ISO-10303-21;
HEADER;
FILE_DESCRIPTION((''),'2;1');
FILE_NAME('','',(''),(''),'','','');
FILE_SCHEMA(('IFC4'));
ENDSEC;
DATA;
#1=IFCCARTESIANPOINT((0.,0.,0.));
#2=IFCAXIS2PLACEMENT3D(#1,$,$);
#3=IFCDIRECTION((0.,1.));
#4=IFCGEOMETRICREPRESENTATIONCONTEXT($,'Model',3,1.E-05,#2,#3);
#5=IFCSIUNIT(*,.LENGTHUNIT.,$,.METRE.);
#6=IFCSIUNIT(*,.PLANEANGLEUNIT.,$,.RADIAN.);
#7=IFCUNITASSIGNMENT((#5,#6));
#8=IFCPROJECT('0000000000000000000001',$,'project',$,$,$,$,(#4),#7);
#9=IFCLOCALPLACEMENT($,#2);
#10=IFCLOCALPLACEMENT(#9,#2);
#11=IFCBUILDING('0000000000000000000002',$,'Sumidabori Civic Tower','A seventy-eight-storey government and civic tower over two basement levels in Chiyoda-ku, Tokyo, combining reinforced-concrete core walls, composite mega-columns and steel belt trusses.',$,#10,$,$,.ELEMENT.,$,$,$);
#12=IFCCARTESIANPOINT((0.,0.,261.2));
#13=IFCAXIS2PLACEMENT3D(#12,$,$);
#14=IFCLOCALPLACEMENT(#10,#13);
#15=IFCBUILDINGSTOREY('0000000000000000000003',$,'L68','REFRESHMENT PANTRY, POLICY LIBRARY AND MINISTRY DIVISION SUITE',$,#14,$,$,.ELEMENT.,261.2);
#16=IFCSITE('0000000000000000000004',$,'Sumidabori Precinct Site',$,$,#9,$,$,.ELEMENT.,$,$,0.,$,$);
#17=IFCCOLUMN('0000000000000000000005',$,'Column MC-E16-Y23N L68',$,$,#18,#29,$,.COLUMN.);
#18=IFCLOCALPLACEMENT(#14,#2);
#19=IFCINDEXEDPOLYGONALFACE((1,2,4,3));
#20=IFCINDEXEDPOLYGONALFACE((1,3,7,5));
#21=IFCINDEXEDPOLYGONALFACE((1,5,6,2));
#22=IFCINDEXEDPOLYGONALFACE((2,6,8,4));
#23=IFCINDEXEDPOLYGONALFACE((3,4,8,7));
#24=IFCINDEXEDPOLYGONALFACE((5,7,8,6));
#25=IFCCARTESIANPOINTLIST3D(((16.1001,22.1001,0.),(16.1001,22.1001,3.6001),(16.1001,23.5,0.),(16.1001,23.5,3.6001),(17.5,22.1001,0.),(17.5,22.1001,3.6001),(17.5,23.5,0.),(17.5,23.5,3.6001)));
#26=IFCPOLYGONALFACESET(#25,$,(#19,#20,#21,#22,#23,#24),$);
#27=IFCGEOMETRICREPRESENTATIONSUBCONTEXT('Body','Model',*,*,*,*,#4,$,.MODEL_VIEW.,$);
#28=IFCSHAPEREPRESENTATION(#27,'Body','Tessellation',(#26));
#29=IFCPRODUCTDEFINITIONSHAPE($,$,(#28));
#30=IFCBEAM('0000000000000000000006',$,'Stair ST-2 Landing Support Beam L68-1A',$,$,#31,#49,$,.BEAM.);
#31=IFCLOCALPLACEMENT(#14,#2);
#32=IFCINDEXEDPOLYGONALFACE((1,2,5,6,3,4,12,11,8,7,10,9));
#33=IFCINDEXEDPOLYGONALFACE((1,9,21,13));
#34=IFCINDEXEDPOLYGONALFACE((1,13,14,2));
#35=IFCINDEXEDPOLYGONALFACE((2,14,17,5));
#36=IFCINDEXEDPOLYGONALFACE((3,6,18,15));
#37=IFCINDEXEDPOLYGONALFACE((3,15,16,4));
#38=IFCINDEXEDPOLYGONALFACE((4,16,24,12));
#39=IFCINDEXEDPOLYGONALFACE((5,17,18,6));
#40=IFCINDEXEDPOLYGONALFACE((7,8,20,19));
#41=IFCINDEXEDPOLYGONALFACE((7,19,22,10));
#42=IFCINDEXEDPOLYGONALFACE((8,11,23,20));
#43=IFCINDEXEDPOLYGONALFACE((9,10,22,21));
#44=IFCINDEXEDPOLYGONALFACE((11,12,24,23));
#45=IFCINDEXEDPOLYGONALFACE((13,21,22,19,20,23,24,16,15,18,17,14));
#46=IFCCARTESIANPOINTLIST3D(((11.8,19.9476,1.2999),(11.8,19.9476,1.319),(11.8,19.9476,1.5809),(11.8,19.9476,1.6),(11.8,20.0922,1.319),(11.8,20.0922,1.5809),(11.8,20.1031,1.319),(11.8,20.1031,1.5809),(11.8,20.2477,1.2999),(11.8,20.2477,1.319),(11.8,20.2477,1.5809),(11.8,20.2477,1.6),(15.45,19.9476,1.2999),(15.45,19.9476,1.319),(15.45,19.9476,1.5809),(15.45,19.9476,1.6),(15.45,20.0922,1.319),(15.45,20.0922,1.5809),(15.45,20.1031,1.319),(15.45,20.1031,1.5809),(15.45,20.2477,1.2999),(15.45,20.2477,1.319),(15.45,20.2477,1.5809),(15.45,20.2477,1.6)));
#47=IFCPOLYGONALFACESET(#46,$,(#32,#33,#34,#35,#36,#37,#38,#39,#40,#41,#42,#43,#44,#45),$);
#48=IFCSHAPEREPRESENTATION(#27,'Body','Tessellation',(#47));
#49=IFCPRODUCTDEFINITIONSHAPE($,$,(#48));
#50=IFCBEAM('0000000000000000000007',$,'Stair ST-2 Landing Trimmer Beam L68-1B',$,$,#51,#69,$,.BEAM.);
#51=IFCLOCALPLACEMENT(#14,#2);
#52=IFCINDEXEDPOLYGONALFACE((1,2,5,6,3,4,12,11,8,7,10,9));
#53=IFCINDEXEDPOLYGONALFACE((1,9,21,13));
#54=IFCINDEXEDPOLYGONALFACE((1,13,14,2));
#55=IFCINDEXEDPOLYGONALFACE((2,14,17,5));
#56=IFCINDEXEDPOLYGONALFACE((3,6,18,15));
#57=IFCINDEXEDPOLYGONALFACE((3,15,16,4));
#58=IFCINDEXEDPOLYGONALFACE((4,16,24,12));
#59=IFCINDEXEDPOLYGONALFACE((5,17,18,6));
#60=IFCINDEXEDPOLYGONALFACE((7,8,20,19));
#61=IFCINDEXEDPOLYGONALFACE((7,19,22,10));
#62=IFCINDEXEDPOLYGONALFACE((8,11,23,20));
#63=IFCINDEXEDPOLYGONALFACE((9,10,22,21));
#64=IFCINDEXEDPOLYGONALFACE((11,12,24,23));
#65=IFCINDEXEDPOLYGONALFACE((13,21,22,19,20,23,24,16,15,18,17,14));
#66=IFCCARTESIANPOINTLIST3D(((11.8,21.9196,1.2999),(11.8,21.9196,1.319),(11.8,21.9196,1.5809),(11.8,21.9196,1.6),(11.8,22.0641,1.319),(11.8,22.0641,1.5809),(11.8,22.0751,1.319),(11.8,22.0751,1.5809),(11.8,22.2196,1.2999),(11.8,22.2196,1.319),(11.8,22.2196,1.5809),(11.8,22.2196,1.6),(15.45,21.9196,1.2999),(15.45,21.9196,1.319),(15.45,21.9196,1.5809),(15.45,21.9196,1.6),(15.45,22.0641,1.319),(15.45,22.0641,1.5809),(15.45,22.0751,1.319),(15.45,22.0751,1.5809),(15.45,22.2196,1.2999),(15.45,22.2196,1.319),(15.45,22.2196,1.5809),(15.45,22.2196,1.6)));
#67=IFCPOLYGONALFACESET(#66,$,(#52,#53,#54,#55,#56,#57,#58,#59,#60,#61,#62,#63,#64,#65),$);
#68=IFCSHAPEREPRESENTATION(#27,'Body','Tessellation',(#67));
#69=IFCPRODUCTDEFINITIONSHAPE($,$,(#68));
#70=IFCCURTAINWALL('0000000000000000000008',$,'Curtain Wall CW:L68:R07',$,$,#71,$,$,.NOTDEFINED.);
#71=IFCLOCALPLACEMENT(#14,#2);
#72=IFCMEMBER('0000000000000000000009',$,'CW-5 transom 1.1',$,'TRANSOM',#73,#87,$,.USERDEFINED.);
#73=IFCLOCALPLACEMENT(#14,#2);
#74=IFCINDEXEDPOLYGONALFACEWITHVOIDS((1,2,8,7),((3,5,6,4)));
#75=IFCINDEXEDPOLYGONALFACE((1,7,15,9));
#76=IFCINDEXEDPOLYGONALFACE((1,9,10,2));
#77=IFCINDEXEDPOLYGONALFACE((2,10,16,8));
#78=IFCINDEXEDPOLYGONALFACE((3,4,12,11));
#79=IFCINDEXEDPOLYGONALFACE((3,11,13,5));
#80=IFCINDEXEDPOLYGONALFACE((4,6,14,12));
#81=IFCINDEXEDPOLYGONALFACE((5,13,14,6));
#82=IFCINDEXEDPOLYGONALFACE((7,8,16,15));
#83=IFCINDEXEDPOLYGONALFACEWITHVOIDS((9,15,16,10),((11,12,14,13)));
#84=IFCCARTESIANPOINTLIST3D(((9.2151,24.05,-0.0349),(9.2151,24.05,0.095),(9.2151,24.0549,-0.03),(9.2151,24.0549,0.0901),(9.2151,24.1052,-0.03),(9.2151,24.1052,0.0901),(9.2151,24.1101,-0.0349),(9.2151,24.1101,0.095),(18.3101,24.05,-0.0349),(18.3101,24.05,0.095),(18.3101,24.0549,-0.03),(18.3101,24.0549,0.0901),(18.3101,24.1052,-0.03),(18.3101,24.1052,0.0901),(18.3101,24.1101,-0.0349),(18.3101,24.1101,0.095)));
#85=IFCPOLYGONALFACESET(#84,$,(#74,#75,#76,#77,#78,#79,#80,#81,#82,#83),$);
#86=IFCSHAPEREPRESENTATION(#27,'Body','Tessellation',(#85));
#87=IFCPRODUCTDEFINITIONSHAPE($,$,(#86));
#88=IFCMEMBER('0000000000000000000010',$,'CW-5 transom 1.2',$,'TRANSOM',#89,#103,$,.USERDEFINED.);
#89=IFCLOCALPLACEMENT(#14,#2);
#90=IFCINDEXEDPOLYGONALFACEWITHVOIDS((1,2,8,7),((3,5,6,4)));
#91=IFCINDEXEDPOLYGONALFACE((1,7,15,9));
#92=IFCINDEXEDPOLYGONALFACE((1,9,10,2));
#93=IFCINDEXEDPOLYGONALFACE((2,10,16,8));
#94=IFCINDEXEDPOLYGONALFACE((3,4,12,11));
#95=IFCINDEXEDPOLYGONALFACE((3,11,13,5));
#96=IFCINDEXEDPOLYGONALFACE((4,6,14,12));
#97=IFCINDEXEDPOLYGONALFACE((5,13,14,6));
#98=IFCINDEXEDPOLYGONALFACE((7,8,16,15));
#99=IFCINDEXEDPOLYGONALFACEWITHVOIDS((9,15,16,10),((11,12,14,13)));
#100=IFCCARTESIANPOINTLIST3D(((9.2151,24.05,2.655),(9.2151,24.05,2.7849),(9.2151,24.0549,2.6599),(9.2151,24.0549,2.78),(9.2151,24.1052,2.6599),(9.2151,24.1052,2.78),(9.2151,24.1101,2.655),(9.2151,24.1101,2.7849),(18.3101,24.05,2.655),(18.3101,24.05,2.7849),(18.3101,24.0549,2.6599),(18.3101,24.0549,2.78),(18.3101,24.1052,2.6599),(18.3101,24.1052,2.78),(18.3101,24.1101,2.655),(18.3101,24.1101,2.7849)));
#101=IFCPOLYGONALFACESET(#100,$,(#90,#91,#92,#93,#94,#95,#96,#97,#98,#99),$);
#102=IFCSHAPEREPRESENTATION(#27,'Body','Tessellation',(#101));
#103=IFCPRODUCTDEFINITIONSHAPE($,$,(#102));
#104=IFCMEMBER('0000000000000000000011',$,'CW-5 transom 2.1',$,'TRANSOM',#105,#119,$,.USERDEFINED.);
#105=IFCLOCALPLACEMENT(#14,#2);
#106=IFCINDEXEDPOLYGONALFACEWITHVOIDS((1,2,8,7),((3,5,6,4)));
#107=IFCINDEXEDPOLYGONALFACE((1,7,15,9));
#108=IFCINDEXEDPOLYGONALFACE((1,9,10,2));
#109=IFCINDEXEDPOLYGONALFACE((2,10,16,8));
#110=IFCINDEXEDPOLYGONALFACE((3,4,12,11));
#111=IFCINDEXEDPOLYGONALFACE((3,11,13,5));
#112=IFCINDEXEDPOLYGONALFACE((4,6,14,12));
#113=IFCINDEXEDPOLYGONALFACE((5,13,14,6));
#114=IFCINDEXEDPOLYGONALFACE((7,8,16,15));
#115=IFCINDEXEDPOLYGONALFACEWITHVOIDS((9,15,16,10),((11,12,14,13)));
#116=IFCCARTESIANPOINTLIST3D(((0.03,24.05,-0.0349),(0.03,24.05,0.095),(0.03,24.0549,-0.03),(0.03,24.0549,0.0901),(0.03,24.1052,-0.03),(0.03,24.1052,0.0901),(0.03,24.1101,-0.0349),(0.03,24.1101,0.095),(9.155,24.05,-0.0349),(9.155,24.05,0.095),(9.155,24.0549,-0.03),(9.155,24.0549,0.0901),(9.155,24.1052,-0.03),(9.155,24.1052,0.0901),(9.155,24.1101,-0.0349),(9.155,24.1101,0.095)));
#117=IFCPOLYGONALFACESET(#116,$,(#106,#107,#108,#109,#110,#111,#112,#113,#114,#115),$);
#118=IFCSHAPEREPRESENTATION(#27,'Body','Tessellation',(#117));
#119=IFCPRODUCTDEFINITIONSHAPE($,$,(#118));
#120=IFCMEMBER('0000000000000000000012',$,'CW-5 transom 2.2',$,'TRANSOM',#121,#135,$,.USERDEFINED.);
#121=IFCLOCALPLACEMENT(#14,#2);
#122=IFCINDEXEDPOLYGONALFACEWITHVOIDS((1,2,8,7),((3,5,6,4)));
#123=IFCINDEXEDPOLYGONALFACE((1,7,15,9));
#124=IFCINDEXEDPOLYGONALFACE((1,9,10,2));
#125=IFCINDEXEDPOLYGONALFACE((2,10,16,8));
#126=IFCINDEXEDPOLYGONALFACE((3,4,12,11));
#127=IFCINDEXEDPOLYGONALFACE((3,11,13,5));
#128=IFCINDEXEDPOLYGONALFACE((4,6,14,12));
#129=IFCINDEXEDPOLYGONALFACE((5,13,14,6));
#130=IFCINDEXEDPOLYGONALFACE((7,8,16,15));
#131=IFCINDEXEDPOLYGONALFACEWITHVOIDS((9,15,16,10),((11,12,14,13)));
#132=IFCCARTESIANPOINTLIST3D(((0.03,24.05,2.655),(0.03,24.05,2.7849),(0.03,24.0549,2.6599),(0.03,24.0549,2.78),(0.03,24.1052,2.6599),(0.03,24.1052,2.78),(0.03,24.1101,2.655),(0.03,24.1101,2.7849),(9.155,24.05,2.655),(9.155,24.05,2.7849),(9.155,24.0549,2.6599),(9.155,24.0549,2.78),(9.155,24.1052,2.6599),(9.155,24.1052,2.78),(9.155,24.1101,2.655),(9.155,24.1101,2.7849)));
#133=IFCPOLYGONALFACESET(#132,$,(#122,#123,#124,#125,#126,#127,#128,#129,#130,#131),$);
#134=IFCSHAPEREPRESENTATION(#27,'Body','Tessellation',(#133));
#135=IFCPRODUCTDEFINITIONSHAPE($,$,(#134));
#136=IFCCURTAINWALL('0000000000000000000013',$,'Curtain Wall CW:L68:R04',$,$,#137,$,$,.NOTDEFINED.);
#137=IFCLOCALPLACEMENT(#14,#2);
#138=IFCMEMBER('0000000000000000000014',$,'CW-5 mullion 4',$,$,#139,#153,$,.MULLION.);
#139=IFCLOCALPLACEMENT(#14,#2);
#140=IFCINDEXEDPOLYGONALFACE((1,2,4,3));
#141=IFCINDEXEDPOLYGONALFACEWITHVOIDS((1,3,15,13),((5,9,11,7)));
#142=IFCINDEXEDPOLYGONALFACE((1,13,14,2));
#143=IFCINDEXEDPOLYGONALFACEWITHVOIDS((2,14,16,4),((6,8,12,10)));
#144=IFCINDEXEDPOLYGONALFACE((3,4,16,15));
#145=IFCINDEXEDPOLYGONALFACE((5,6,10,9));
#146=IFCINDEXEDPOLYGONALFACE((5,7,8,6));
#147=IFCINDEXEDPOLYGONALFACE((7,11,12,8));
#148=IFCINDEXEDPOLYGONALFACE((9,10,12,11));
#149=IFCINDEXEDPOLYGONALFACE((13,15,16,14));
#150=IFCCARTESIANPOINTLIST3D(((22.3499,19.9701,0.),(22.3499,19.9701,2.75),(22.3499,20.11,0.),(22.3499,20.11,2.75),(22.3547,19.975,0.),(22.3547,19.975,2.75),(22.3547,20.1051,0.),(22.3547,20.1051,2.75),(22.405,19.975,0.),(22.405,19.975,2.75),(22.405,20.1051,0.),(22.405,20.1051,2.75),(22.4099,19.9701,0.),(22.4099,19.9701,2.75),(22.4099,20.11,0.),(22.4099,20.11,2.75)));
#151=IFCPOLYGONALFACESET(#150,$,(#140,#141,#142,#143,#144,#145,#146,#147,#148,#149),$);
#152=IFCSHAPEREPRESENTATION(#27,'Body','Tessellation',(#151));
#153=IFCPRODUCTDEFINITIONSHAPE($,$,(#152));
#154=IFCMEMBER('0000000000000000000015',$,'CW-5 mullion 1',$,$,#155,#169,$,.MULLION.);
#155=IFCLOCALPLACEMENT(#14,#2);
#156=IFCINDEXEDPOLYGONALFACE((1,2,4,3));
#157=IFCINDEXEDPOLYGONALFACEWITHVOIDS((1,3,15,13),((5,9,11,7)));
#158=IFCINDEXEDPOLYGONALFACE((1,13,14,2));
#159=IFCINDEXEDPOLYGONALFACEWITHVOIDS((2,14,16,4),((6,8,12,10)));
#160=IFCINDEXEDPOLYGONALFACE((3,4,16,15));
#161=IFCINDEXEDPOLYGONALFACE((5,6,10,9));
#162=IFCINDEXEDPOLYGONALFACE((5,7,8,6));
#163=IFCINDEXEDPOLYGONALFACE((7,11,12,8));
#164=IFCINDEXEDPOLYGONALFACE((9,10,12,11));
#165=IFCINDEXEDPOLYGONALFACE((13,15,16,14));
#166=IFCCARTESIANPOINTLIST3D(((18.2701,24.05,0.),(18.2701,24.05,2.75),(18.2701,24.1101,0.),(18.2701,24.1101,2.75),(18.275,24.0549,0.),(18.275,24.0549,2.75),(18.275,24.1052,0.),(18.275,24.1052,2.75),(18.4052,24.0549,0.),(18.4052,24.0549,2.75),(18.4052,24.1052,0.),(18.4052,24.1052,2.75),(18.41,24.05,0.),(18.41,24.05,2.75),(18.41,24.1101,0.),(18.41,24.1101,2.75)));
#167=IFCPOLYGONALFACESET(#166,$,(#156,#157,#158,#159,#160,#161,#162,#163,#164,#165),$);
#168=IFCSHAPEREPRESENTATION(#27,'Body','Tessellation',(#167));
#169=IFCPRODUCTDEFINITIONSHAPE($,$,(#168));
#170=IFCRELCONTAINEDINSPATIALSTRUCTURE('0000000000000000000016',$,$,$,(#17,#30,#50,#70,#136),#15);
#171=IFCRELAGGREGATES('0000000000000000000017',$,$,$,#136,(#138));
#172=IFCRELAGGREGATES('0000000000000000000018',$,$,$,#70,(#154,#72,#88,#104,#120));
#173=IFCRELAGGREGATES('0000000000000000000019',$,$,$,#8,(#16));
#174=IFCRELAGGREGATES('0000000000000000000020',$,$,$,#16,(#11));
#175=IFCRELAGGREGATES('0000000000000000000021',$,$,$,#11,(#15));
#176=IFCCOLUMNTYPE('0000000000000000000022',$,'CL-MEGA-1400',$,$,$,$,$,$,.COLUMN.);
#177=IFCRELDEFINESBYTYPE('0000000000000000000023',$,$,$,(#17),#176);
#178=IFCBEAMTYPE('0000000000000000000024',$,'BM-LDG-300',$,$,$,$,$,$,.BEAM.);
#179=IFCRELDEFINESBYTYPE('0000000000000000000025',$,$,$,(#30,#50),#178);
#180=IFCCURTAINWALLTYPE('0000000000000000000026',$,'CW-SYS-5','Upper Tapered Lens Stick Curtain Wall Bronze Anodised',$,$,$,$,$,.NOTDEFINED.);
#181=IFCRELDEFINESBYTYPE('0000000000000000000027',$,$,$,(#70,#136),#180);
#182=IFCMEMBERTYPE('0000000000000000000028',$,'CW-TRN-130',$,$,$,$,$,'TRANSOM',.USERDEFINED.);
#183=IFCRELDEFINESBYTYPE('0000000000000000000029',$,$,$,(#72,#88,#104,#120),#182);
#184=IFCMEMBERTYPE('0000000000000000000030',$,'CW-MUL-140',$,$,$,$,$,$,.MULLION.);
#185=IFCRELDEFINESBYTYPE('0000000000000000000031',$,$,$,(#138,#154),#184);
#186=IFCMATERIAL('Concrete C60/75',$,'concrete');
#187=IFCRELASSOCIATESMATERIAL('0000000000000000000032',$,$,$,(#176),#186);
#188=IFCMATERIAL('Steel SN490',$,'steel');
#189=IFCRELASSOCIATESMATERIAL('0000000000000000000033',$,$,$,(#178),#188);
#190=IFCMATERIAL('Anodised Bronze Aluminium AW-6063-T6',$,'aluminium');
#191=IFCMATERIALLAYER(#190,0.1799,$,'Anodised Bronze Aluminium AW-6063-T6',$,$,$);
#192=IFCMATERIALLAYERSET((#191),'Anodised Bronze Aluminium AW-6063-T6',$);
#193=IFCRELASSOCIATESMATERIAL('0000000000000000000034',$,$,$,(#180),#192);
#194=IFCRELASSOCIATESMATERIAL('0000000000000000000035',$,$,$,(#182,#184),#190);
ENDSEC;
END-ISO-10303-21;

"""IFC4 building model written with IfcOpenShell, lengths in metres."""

from ifc_helpers import new_model, si_unit, direction, frame, origin, origin_2d, place, context, subcontext, project, spatial, rectangle, hollow_rectangle, i_section, extrude, source, transform, mapped, material, layer, layer_set, material_profile, profile_set, type_object, element, aggregate, save


model = new_model("IFC4")

# Units and contexts
model_context = context("Model", 3, precision=1e-05, world=origin(), true_north=direction((0.0, 1.0)))
body_context = subcontext(model_context, "Body", "Model", "MODEL_VIEW")
ifc_project = project(units=[si_unit("LENGTHUNIT", "METRE"), si_unit("PLANEANGLEUNIT", "RADIAN")], contexts=[model_context])

# Site, building, storey
site_placement = place(None, origin())
site = spatial("IfcSite", under=ifc_project, at=site_placement, Name="Sumidabori Precinct Site", CompositionType="ELEMENT", RefElevation=0.0)
building_placement = place(site_placement, origin())
building = spatial("IfcBuilding", under=site, at=building_placement, Name="Sumidabori Civic Tower", Description="A seventy-eight-storey government and civic tower over two basement levels in Chiyoda-ku, Tokyo, combining reinforced-concrete core walls, composite mega-columns and steel belt trusses.", CompositionType="ELEMENT")
storey_placement = place(building_placement, frame((0.0, 0.0, 261.2)))
storey = spatial("IfcBuildingStorey", under=building, at=storey_placement, Name="L68", Description="REFRESHMENT PANTRY, POLICY LIBRARY AND MINISTRY DIVISION SUITE", CompositionType="ELEMENT", Elevation=261.2)

# Column
ifc_material_1 = material(Name="Concrete C60/75", Category="concrete")
ifc_material_profile_1 = material_profile(ifc_material_1, rectangle(XDim=1.3999, YDim=1.3999, at=origin_2d()), Name="RC 1400x1400")
ifc_profile_set_1 = profile_set([ifc_material_profile_1], Name="Concrete C60/75")
column_type = type_object("IfcColumnType", Name="CL-MEGA-1400", PredefinedType="COLUMN", material=ifc_profile_set_1)
shared_shape_1 = source(origin(), body_context, "Body", "SweptSolid", [
    extrude(rectangle(XDim=1.3999, YDim=1.3999, at=origin_2d()), origin(), (0.0, 0.0, 1.0), 3.6001),
])
column_placement = place(storey_placement, frame((16.8, 22.8, 0.0), z_axis=(0.0, 0.0, 1.0), x_axis=(1.0, 0.0, 0.0)))
element("IfcColumn", 1, at=column_placement, inside=storey, type_object=column_type, Name="Column MC-E16-Y23N L68", PredefinedType="COLUMN", context=body_context, shape_type="MappedRepresentation", body=[
    mapped(shared_shape_1, transform((0.0, 0.0, 0.0), x_axis=(1.0, 0.0, 0.0), y_axis=(0.0, 1.0, 0.0), z_axis=(0.0, 0.0, 1.0), scale=1.0)),
])

# Beams
ifc_material_2 = material(Name="Steel SN490", Category="steel")
ifc_material_profile_2 = material_profile(ifc_material_2, i_section(OverallWidth=0.3, OverallDepth=0.3, WebThickness=0.011, FlangeThickness=0.019, at=origin_2d()), Name="HE 300 B")
ifc_profile_set_2 = profile_set([ifc_material_profile_2], Name="Steel SN490")
beam_type = type_object("IfcBeamType", Name="BM-LDG-300", PredefinedType="BEAM", material=ifc_profile_set_2)
shared_shape_2 = source(origin(), body_context, "Body", "SweptSolid", [
    extrude(i_section(OverallWidth=0.3, OverallDepth=0.3, WebThickness=0.011, FlangeThickness=0.019, at=origin_2d()), origin(), (0.0, 0.0, 1.0), 3.6499),
])
for number, where, z_axis, x_axis, name in (
    (2, (11.8, 20.0977, 1.45), (1.0, 0.0, 0.0), (0.0, 1.0, 0.0), "Stair ST-2 Landing Support Beam L68-1A"),
    (3, (11.8, 22.0696, 1.45), (1.0, 0.0, 0.0), (0.0, 1.0, 0.0), "Stair ST-2 Landing Trimmer Beam L68-1B"),
):
    element("IfcBeam", number, at=place(storey_placement, frame(where, z_axis=z_axis, x_axis=x_axis)), inside=storey, type_object=beam_type, Name=name, PredefinedType="BEAM", context=body_context, shape_type="MappedRepresentation", body=[
        mapped(shared_shape_2, transform((0.0, 0.0, 0.0), x_axis=(1.0, 0.0, 0.0), y_axis=(0.0, 1.0, 0.0), z_axis=(0.0, 0.0, 1.0), scale=1.0)),
    ])

# Curtain wall, members
ifc_material_3 = material(Name="Anodised Bronze Aluminium AW-6063-T6", Category="aluminium")
ifc_layer_1 = layer(ifc_material_3, 0.1799, Name="Anodised Bronze Aluminium AW-6063-T6")
ifc_layer_set_1 = layer_set([ifc_layer_1], Name="Anodised Bronze Aluminium AW-6063-T6")
curtain_wall_type = type_object("IfcCurtainWallType", Name="CW-SYS-5", Description="Upper Tapered Lens Stick Curtain Wall Bronze Anodised", PredefinedType="NOTDEFINED", material=ifc_layer_set_1)
curtain_wall_1_placement = place(storey_placement, origin())
curtain_wall_1 = element("IfcCurtainWall", 4, at=curtain_wall_1_placement, inside=storey, type_object=curtain_wall_type, Name="Curtain Wall CW:L68:R07", PredefinedType="NOTDEFINED")
ifc_material_profile_3 = material_profile(ifc_material_3, hollow_rectangle(XDim=0.0601, YDim=0.1299, WallThickness=0.0049, at=origin_2d()), Name="ALU TRANSOM 130x60")
ifc_profile_set_3 = profile_set([ifc_material_profile_3], Name="Anodised Bronze Aluminium AW-6063-T6")
member_type_1 = type_object("IfcMemberType", Name="CW-TRN-130", ElementType="TRANSOM", PredefinedType="USERDEFINED", material=ifc_profile_set_3)
shared_shape_3 = source(origin(), body_context, "Body", "SweptSolid", [
    extrude(hollow_rectangle(XDim=0.0601, YDim=0.1299, WallThickness=0.0049, at=origin_2d()), origin(), (0.0, 0.0, 1.0), 9.095),
])
member_1_placement = place(storey_placement, frame((18.3101, 24.0801, 0.03), z_axis=(-1.0, 0.0, 0.0), x_axis=(0.0, -1.0, 0.0)))
member_1 = element("IfcMember", 5, at=member_1_placement, type_object=member_type_1, Name="CW-5 transom 1.1", ObjectType="TRANSOM", PredefinedType="USERDEFINED", context=body_context, shape_type="MappedRepresentation", body=[
    mapped(shared_shape_3, transform((0.0, 0.0, 0.0), x_axis=(1.0, 0.0, 0.0), y_axis=(0.0, 1.0, 0.0), z_axis=(0.0, 0.0, 1.0), scale=1.0)),
])
member_2_placement = place(storey_placement, frame((18.3101, 24.0801, 2.72), z_axis=(-1.0, 0.0, 0.0), x_axis=(0.0, -1.0, 0.0)))
member_2 = element("IfcMember", 6, at=member_2_placement, type_object=member_type_1, Name="CW-5 transom 1.2", ObjectType="TRANSOM", PredefinedType="USERDEFINED", context=body_context, shape_type="MappedRepresentation", body=[
    mapped(shared_shape_3, transform((0.0, 0.0, 0.0), x_axis=(1.0, 0.0, 0.0), y_axis=(0.0, 1.0, 0.0), z_axis=(0.0, 0.0, 1.0), scale=1.0)),
])
shared_shape_4 = source(origin(), body_context, "Body", "SweptSolid", [
    extrude(hollow_rectangle(XDim=0.0601, YDim=0.1299, WallThickness=0.0049, at=origin_2d()), origin(), (0.0, 0.0, 1.0), 9.125),
])
member_3_placement = place(storey_placement, frame((9.155, 24.0801, 0.03), z_axis=(-1.0, 0.0, 0.0), x_axis=(0.0, -1.0, 0.0)))
member_3 = element("IfcMember", 7, at=member_3_placement, type_object=member_type_1, Name="CW-5 transom 2.1", ObjectType="TRANSOM", PredefinedType="USERDEFINED", context=body_context, shape_type="MappedRepresentation", body=[
    mapped(shared_shape_4, transform((0.0, 0.0, 0.0), x_axis=(1.0, 0.0, 0.0), y_axis=(0.0, 1.0, 0.0), z_axis=(0.0, 0.0, 1.0), scale=1.0)),
])
member_4_placement = place(storey_placement, frame((9.155, 24.0801, 2.72), z_axis=(-1.0, 0.0, 0.0), x_axis=(0.0, -1.0, 0.0)))
member_4 = element("IfcMember", 8, at=member_4_placement, type_object=member_type_1, Name="CW-5 transom 2.2", ObjectType="TRANSOM", PredefinedType="USERDEFINED", context=body_context, shape_type="MappedRepresentation", body=[
    mapped(shared_shape_4, transform((0.0, 0.0, 0.0), x_axis=(1.0, 0.0, 0.0), y_axis=(0.0, 1.0, 0.0), z_axis=(0.0, 0.0, 1.0), scale=1.0)),
])

# Curtain wall, member
curtain_wall_2_placement = place(storey_placement, origin())
curtain_wall_2 = element("IfcCurtainWall", 9, at=curtain_wall_2_placement, inside=storey, type_object=curtain_wall_type, Name="Curtain Wall CW:L68:R04", PredefinedType="NOTDEFINED")
ifc_material_profile_4 = material_profile(ifc_material_3, hollow_rectangle(XDim=0.0601, YDim=0.1399, WallThickness=0.0049, at=origin_2d()), Name="ALU MULLION 140x60")
ifc_profile_set_4 = profile_set([ifc_material_profile_4], Name="Anodised Bronze Aluminium AW-6063-T6")
member_type_2 = type_object("IfcMemberType", Name="CW-MUL-140", PredefinedType="MULLION", material=ifc_profile_set_4)
shared_shape_5 = source(origin(), body_context, "Body", "SweptSolid", [
    extrude(hollow_rectangle(XDim=0.0601, YDim=0.1399, WallThickness=0.0049, at=origin_2d()), origin(), (0.0, 0.0, 1.0), 2.75),
])
member_5_placement = place(storey_placement, frame((22.3799, 20.04, 0.0), z_axis=(0.0, 0.0, 1.0), x_axis=(-1.0, 0.0, 0.0)))
member_5 = element("IfcMember", 10, at=member_5_placement, type_object=member_type_2, Name="CW-5 mullion 4", PredefinedType="MULLION", context=body_context, shape_type="MappedRepresentation", body=[
    mapped(shared_shape_5, transform((0.0, 0.0, 0.0), x_axis=(1.0, 0.0, 0.0), y_axis=(0.0, 1.0, 0.0), z_axis=(0.0, 0.0, 1.0), scale=1.0)),
])
aggregate(curtain_wall_2, [member_5])

# Member
member_6_placement = place(storey_placement, frame((18.3401, 24.0801, 0.0), z_axis=(0.0, 0.0, 1.0), x_axis=(0.0, -1.0, 0.0)))
member_6 = element("IfcMember", 11, at=member_6_placement, type_object=member_type_2, Name="CW-5 mullion 1", PredefinedType="MULLION", context=body_context, shape_type="MappedRepresentation", body=[
    mapped(shared_shape_5, transform((0.0, 0.0, 0.0), x_axis=(1.0, 0.0, 0.0), y_axis=(0.0, 1.0, 0.0), z_axis=(0.0, 0.0, 1.0), scale=1.0)),
])

aggregate(curtain_wall_1, [member_6, member_1, member_2, member_3, member_4])

save(model, "model.ifc")
